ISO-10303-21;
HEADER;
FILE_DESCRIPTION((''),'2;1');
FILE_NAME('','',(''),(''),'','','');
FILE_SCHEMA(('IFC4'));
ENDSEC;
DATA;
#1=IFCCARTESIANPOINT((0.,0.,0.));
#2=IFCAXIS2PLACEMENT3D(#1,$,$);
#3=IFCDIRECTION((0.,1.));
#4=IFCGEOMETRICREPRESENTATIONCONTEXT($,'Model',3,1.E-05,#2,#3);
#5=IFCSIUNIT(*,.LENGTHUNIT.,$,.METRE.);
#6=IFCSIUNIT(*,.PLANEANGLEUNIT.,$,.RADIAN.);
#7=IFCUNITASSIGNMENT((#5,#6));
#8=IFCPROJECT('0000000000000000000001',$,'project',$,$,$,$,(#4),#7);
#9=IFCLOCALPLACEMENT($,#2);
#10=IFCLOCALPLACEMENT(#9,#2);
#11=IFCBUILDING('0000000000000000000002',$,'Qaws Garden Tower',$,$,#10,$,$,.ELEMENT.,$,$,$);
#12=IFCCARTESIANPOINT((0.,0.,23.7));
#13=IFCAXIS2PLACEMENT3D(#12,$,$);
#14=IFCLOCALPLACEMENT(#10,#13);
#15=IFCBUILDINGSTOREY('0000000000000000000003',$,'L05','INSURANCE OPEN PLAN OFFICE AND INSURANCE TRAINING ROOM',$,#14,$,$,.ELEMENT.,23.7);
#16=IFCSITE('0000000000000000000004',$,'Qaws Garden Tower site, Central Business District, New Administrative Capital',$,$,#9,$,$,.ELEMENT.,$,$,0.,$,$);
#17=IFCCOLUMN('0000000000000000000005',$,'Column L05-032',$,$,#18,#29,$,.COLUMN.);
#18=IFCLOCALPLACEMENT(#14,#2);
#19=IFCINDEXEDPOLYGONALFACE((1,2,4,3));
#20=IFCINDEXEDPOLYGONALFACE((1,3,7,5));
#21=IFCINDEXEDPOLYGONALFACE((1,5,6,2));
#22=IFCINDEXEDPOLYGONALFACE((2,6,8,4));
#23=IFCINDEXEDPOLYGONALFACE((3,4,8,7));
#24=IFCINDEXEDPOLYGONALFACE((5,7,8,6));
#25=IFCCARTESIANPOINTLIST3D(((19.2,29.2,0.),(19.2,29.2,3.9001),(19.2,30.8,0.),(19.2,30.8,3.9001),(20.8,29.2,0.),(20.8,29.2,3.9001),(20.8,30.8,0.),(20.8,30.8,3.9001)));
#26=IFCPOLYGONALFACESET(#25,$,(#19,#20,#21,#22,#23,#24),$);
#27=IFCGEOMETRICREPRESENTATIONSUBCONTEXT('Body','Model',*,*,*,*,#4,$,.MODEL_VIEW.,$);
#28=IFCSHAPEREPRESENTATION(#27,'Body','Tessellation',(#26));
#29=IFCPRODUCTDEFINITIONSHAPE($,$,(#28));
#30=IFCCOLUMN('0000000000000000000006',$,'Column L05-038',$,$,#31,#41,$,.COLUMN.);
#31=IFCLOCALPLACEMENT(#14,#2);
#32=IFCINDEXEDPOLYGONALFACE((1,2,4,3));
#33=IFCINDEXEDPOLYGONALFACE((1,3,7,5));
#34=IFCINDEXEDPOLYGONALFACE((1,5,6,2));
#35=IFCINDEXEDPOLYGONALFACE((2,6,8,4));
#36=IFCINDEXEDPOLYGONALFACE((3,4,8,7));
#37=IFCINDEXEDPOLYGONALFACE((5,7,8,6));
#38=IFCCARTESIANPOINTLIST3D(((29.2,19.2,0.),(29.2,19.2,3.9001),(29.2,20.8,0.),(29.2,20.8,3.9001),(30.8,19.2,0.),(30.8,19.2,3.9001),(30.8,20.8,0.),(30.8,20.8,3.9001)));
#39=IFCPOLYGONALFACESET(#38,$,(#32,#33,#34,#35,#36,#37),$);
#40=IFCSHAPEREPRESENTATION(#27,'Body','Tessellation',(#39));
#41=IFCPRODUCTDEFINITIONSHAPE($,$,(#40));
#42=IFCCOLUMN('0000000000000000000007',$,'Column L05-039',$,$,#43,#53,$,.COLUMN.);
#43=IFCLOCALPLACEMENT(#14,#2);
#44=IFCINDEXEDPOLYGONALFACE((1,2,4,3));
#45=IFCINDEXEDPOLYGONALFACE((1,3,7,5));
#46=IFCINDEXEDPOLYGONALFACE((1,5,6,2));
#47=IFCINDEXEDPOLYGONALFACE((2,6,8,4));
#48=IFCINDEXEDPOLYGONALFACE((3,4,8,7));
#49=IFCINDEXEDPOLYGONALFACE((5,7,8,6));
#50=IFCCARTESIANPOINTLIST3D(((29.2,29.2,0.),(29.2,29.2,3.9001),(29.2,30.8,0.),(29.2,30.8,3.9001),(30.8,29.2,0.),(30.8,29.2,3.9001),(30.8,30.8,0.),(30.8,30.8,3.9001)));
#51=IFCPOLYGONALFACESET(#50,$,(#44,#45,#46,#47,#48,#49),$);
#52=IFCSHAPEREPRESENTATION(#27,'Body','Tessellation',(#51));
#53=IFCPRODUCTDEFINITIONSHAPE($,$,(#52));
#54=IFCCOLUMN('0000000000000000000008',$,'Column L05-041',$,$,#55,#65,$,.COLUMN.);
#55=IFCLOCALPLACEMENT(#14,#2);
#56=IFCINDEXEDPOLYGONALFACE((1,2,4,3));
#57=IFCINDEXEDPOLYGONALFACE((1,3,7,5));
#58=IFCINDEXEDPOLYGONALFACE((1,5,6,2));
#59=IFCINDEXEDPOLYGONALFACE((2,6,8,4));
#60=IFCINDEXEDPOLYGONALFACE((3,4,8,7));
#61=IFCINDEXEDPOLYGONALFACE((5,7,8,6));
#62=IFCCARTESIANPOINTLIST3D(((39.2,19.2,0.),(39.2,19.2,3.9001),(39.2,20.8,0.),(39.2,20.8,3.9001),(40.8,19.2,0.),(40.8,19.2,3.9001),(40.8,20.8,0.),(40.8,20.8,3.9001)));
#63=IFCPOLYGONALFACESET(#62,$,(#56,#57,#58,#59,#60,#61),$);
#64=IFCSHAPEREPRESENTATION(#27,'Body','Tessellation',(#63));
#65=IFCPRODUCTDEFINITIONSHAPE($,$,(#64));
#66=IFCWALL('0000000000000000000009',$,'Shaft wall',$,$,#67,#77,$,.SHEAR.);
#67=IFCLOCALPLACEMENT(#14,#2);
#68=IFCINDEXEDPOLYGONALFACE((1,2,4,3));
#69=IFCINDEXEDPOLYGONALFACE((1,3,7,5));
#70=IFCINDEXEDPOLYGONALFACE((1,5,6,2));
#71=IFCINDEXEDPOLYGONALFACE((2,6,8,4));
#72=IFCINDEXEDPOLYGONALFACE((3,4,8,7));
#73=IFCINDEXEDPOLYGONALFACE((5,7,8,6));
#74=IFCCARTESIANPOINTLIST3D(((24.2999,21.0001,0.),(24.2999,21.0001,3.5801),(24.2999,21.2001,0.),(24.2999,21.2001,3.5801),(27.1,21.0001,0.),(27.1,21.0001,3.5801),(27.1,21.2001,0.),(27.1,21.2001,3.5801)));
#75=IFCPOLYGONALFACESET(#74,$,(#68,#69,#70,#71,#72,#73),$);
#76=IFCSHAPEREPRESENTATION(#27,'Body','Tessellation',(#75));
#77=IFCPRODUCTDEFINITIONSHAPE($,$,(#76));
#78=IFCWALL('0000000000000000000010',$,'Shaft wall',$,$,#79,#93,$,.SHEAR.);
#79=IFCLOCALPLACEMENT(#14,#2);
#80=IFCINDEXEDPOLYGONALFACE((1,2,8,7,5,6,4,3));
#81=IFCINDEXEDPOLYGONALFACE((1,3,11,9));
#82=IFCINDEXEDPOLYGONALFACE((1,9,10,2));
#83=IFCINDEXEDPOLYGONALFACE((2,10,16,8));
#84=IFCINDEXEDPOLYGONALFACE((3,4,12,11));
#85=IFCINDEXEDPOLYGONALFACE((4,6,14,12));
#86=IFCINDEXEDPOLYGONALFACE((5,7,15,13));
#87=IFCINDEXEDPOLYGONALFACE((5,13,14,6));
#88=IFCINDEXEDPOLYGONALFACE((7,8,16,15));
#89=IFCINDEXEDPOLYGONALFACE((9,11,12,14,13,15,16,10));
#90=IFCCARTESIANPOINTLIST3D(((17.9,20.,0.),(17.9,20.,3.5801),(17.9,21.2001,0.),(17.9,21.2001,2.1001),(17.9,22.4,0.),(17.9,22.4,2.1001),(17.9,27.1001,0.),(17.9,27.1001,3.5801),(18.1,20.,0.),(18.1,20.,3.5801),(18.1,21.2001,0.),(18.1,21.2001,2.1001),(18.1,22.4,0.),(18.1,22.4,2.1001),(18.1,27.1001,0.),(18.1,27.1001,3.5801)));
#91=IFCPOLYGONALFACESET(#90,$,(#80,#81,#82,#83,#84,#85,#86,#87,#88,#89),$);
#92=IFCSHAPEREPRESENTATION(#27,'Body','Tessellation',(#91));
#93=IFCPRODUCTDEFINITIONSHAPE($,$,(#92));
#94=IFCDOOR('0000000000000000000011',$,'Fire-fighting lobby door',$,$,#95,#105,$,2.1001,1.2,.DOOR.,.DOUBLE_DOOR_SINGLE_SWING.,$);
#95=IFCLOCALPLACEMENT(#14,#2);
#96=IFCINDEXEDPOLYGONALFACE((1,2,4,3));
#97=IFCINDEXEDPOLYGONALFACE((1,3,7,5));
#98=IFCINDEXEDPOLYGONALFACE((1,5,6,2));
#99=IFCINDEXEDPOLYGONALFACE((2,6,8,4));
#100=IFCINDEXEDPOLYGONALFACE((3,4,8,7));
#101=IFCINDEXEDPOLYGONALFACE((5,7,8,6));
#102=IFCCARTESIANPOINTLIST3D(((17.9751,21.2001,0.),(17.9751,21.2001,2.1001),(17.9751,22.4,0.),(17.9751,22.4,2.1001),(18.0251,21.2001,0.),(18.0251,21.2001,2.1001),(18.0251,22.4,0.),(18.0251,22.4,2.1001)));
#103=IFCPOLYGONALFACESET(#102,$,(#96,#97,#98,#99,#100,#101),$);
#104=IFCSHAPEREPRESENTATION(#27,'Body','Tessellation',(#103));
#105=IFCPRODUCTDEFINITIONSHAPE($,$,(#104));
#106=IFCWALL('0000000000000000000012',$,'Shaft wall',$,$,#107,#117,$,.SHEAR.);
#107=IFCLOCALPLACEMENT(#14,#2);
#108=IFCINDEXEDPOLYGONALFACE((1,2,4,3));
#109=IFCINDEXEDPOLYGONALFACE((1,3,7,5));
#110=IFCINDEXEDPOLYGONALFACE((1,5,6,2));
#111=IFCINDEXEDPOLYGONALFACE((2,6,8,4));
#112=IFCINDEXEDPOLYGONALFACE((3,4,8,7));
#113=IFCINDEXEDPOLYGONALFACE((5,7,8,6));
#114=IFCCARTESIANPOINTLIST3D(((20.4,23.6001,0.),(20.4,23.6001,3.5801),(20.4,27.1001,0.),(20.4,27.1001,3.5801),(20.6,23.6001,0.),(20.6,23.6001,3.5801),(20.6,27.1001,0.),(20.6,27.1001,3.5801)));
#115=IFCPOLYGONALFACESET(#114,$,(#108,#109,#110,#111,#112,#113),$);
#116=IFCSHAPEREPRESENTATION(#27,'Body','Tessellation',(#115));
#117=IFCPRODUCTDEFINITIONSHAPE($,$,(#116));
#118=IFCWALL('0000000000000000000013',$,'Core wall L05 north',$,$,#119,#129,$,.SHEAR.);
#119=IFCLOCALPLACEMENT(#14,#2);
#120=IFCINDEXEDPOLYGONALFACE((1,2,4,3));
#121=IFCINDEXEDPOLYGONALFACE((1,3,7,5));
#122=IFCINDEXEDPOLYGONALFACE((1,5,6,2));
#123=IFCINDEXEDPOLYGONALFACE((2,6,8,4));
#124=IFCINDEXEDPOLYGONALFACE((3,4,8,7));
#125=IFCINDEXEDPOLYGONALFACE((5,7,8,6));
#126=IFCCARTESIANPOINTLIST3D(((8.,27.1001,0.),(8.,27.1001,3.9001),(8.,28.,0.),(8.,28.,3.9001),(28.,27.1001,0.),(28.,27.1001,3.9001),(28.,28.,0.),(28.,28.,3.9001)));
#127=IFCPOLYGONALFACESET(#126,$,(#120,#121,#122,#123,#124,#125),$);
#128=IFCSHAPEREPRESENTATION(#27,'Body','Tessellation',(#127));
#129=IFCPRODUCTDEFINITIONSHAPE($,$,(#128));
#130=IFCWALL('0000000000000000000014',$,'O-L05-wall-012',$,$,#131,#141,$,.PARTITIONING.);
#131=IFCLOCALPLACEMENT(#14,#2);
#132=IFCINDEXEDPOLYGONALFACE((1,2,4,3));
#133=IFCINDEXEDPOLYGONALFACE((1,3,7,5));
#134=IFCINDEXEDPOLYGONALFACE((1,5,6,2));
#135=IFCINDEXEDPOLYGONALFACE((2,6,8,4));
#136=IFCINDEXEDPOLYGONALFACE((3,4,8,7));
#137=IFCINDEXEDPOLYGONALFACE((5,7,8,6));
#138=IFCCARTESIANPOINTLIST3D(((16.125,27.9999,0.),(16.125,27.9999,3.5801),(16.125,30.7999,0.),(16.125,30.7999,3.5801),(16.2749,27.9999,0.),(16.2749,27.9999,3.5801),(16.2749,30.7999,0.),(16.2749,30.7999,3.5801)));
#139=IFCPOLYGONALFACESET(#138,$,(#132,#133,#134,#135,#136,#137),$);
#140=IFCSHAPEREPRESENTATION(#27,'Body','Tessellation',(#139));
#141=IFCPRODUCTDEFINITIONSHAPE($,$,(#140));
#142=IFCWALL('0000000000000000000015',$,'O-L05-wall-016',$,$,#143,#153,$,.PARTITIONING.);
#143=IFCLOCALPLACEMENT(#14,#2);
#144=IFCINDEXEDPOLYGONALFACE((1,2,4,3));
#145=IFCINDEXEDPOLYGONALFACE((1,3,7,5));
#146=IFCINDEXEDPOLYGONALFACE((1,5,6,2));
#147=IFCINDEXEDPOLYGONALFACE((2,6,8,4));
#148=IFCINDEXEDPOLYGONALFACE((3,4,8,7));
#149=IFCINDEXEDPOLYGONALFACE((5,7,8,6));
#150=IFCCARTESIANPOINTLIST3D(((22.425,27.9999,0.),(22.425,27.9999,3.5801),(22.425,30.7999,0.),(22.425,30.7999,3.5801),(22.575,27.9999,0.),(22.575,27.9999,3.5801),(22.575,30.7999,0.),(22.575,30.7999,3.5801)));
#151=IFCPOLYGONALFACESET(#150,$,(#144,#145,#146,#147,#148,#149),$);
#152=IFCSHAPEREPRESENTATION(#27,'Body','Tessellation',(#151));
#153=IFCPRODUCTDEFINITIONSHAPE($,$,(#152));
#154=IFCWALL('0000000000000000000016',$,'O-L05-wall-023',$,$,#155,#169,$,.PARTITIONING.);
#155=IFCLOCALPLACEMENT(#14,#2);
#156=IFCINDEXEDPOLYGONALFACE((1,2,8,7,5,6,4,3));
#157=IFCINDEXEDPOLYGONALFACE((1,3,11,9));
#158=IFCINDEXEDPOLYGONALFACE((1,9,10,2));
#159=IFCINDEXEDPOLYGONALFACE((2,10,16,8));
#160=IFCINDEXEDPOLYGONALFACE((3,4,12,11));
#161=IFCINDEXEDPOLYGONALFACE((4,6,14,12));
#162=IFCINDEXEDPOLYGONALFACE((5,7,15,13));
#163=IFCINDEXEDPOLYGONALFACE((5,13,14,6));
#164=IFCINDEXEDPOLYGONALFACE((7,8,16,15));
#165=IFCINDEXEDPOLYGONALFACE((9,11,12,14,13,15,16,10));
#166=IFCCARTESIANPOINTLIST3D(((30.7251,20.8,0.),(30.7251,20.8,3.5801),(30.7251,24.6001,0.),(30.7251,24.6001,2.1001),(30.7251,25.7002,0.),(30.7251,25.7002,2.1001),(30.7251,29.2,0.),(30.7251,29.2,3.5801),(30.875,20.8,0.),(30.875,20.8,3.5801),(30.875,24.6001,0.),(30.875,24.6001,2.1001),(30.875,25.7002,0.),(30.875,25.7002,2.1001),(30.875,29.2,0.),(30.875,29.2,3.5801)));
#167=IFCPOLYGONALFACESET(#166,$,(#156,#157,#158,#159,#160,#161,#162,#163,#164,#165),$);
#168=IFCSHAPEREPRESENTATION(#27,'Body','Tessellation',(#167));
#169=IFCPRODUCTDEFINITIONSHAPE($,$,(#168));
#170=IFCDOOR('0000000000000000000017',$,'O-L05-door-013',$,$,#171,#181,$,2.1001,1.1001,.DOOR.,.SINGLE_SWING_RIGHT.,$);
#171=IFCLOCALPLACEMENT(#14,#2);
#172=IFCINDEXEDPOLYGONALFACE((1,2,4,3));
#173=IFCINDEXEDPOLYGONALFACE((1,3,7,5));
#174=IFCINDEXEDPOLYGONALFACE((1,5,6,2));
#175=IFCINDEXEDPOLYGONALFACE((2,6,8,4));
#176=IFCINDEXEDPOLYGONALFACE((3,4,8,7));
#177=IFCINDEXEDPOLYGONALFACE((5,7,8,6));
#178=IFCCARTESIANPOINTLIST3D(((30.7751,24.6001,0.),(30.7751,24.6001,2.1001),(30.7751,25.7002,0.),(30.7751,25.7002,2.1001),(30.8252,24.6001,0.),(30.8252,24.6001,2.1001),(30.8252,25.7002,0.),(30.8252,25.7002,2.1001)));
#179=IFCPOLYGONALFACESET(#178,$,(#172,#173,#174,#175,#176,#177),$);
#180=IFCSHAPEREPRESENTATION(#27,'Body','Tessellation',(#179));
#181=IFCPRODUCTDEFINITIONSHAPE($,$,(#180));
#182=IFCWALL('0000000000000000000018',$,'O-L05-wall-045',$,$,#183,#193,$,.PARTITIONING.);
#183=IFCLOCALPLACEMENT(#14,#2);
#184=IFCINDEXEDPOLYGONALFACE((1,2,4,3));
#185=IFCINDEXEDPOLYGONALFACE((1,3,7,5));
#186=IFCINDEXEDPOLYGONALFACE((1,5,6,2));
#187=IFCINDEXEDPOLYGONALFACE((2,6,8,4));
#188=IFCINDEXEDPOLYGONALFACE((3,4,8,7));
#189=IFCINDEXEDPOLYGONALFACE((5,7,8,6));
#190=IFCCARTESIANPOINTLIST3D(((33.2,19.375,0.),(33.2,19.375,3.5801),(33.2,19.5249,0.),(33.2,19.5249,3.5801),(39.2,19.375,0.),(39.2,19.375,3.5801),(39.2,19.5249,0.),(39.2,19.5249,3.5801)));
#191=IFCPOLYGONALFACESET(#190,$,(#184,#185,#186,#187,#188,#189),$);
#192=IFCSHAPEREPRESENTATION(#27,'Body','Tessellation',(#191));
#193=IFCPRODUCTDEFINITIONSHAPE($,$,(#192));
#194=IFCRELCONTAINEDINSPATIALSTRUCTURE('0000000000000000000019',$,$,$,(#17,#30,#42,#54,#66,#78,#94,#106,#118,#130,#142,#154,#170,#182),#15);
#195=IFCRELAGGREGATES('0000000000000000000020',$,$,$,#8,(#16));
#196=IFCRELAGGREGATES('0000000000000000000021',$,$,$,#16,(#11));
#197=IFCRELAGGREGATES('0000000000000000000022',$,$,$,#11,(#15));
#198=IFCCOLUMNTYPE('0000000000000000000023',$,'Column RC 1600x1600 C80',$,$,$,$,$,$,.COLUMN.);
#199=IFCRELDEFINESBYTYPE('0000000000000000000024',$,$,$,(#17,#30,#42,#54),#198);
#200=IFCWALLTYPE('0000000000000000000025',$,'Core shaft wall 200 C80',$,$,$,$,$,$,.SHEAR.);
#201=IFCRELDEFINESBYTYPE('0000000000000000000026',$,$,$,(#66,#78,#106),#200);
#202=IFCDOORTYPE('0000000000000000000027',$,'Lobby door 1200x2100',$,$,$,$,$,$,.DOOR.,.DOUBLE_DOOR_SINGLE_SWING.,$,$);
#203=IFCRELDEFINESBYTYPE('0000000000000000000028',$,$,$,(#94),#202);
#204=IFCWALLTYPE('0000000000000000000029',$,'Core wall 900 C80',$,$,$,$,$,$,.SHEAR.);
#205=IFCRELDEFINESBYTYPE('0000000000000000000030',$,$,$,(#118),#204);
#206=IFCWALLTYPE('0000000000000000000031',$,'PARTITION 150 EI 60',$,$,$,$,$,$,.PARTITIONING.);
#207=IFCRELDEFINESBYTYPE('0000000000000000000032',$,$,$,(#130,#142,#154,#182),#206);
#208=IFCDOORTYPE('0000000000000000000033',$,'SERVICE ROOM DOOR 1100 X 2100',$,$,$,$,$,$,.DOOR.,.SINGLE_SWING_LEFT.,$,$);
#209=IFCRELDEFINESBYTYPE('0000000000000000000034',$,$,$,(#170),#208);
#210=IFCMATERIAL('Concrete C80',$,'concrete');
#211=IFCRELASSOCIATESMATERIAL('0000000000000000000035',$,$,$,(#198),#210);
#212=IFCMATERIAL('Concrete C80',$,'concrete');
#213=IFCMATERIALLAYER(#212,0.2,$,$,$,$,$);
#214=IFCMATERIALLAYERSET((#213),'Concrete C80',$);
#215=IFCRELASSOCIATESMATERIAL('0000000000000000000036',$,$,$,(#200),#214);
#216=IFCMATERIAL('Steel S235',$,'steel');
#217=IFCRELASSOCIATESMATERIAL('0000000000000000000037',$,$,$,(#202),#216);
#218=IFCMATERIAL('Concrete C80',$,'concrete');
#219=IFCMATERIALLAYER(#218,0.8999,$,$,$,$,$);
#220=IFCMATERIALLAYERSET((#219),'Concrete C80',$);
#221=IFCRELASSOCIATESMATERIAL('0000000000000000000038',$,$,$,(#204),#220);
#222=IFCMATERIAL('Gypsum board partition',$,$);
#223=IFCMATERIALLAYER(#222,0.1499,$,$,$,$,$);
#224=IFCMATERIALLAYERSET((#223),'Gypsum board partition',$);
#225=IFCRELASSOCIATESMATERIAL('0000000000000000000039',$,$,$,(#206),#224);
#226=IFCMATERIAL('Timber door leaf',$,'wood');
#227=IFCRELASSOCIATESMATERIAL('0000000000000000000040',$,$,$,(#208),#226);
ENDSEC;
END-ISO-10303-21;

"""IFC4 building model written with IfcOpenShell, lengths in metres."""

from ifc_helpers import new_model, si_unit, direction, frame, frame_2d, origin, origin_2d, place, context, subcontext, project, spatial, rectangle, extrude, material, layer, layer_set, material_profile, profile_set, type_object, element, fill, save


model = new_model("IFC4")

# Units and contexts
model_context = context("Model", 3, precision=1e-05, world=origin(), true_north=direction((0.0, 1.0)))
body_context = subcontext(model_context, "Body", "Model", "MODEL_VIEW")
ifc_project = project(units=[si_unit("LENGTHUNIT", "METRE"), si_unit("PLANEANGLEUNIT", "RADIAN")], contexts=[model_context])

# Site, building, storey
site_placement = place(None, origin())
site = spatial("IfcSite", under=ifc_project, at=site_placement, Name="Qaws Garden Tower site, Central Business District, New Administrative Capital", CompositionType="ELEMENT", RefElevation=0.0)
building_placement = place(site_placement, origin())
building = spatial("IfcBuilding", under=site, at=building_placement, Name="Qaws Garden Tower", CompositionType="ELEMENT")
storey_placement = place(building_placement, frame((0.0, 0.0, 23.7)))
storey = spatial("IfcBuildingStorey", under=building, at=storey_placement, Name="L05", Description="INSURANCE OPEN PLAN OFFICE AND INSURANCE TRAINING ROOM", CompositionType="ELEMENT", Elevation=23.7)

# Columns
ifc_material_1 = material(Name="Concrete C80", Category="concrete")
ifc_material_profile = material_profile(ifc_material_1, rectangle(XDim=1.6001, YDim=1.6001, at=origin_2d()), Name="RC 1600x1600")
ifc_profile_set = profile_set([ifc_material_profile], Name="Concrete C80")
column_type = type_object("IfcColumnType", Name="Column RC 1600x1600 C80", PredefinedType="COLUMN", material=ifc_profile_set)
for number, where, z_axis, x_axis, name in (
    (1, (20.0, 30.0, 0.0), (0.0, 0.0, 1.0), (1.0, 0.0, 0.0), "Column L05-032"),
    (2, (30.0, 20.0, 0.0), (0.0, 0.0, 1.0), (1.0, 0.0, 0.0), "Column L05-038"),
    (3, (30.0, 30.0, 0.0), (0.0, 0.0, 1.0), (1.0, 0.0, 0.0), "Column L05-039"),
    (4, (40.0, 20.0, 0.0), (0.0, 0.0, 1.0), (1.0, 0.0, 0.0), "Column L05-041"),
):
    element("IfcColumn", number, at=place(storey_placement, frame(where, z_axis=z_axis, x_axis=x_axis)), inside=storey, type_object=column_type, Name=name, PredefinedType="COLUMN", context=body_context, shape_type="SweptSolid", body=[
        extrude(rectangle(XDim=1.6001, YDim=1.6001, at=origin_2d()), origin(), (0.0, 0.0, 1.0), 3.9001),
    ])

# Wall
ifc_material_2 = material(Name="Concrete C80", Category="concrete")
ifc_layer_1 = layer(ifc_material_2, 0.2)
ifc_layer_set_1 = layer_set([ifc_layer_1], Name="Concrete C80")
wall_type_1 = type_object("IfcWallType", Name="Core shaft wall 200 C80", PredefinedType="SHEAR", material=ifc_layer_set_1)
wall_1_placement = place(storey_placement, frame((24.3, 21.1001, 0.0), z_axis=(0.0, 0.0, 1.0), x_axis=(1.0, 0.0, 0.0)))
element("IfcWall", 5, at=wall_1_placement, inside=storey, type_object=wall_type_1, Name="Shaft wall", PredefinedType="SHEAR", context=body_context, shape_type="SweptSolid", body=[
    extrude(rectangle(XDim=2.8, YDim=0.2, at=frame_2d((1.3999, 0.0))), origin(), (0.0, 0.0, 1.0), 3.5801),
])

# Wall, opening, door
wall_2_placement = place(storey_placement, frame((18.0, 20.0, 0.0), z_axis=(0.0, 0.0, 1.0), x_axis=(0.0, 1.0, 0.0)))
wall_2 = element("IfcWall", 6, at=wall_2_placement, inside=storey, type_object=wall_type_1, Name="Shaft wall", PredefinedType="SHEAR", context=body_context, shape_type="SweptSolid", body=[
    extrude(rectangle(XDim=7.1001, YDim=0.2, at=frame_2d((3.55, 0.0))), origin(), (0.0, 0.0, 1.0), 3.5801),
])
opening_1_placement = place(wall_2_placement, frame((1.2, 0.0, 0.0)))
opening_1 = element("IfcOpeningElement", 7, at=opening_1_placement, cuts=wall_2, PredefinedType="OPENING", context=body_context, shape_type="SweptSolid", body=[
    extrude(rectangle(XDim=1.2, YDim=2.1001, at=frame_2d((0.6001, 1.05))), frame((0.0, 0.1099, 0.0), z_axis=(0.0, -1.0, 0.0), x_axis=(1.0, 0.0, 0.0)), (0.0, 0.0, 1.0), 0.22),
])
ifc_material_3 = material(Name="Steel S235", Category="steel")
door_type_1 = type_object("IfcDoorType", Name="Lobby door 1200x2100", OperationType="DOUBLE_DOOR_SINGLE_SWING", PredefinedType="DOOR", material=ifc_material_3)
door_1_placement = place(opening_1_placement, origin())
door_1 = element("IfcDoor", 8, at=door_1_placement, inside=storey, type_object=door_type_1, Name="Fire-fighting lobby door", OperationType="DOUBLE_DOOR_SINGLE_SWING", OverallHeight=2.1001, OverallWidth=1.2, PredefinedType="DOOR", context=body_context, shape_type="SweptSolid", body=[
    extrude(rectangle(XDim=1.2, YDim=2.1001, at=frame_2d((0.6001, 1.05))), frame((0.0, 0.0249, 0.0), z_axis=(0.0, -1.0, 0.0), x_axis=(1.0, 0.0, 0.0)), (0.0, 0.0, 1.0), 0.05),
])
fill(opening_1, door_1)

# Walls
wall_3_placement = place(storey_placement, frame((20.5, 23.6001, 0.0), z_axis=(0.0, 0.0, 1.0), x_axis=(0.0, 1.0, 0.0)))
element("IfcWall", 9, at=wall_3_placement, inside=storey, type_object=wall_type_1, Name="Shaft wall", PredefinedType="SHEAR", context=body_context, shape_type="SweptSolid", body=[
    extrude(rectangle(XDim=3.5, YDim=0.2, at=frame_2d((1.75, 0.0))), origin(), (0.0, 0.0, 1.0), 3.5801),
])
ifc_material_4 = material(Name="Concrete C80", Category="concrete")
ifc_layer_2 = layer(ifc_material_4, 0.8999)
ifc_layer_set_2 = layer_set([ifc_layer_2], Name="Concrete C80")
wall_type_2 = type_object("IfcWallType", Name="Core wall 900 C80", PredefinedType="SHEAR", material=ifc_layer_set_2)
wall_4_placement = place(storey_placement, frame((28.0, 27.55, 0.0), z_axis=(0.0, 0.0, 1.0), x_axis=(-1.0, 0.0, 0.0)))
element("IfcWall", 10, at=wall_4_placement, inside=storey, type_object=wall_type_2, Name="Core wall L05 north", PredefinedType="SHEAR", context=body_context, shape_type="SweptSolid", body=[
    extrude(rectangle(XDim=20.0, YDim=0.8999, at=frame_2d((10.0, 0.0))), origin(), (0.0, 0.0, 1.0), 3.9001),
])
ifc_material_5 = material(Name="Gypsum board partition")
ifc_layer_3 = layer(ifc_material_5, 0.1499)
ifc_layer_set_3 = layer_set([ifc_layer_3], Name="Gypsum board partition")
wall_type_3 = type_object("IfcWallType", Name="PARTITION 150 EI 60", PredefinedType="PARTITIONING", material=ifc_layer_set_3)
for number, where, z_axis, x_axis, name in (
    (11, (16.2, 28.0, 0.0), (0.0, 0.0, 1.0), (0.0, 1.0, 0.0), "O-L05-wall-012"),
    (12, (22.5, 28.0, 0.0), (0.0, 0.0, 1.0), (0.0, 1.0, 0.0), "O-L05-wall-016"),
):
    element("IfcWall", number, at=place(storey_placement, frame(where, z_axis=z_axis, x_axis=x_axis)), inside=storey, type_object=wall_type_3, Name=name, PredefinedType="PARTITIONING", context=body_context, shape_type="SweptSolid", body=[
        extrude(rectangle(XDim=2.8, YDim=0.1499, at=frame_2d((1.3999, 0.0))), origin(), (0.0, 0.0, 1.0), 3.5801),
    ])

# Wall, opening, door
wall_5_placement = place(storey_placement, frame((30.8, 20.8, 0.0), z_axis=(0.0, 0.0, 1.0), x_axis=(0.0, 1.0, 0.0)))
wall_5 = element("IfcWall", 13, at=wall_5_placement, inside=storey, type_object=wall_type_3, Name="O-L05-wall-023", PredefinedType="PARTITIONING", context=body_context, shape_type="SweptSolid", body=[
    extrude(rectangle(XDim=8.3999, YDim=0.1499, at=frame_2d((4.2, 0.0))), origin(), (0.0, 0.0, 1.0), 3.5801),
])
opening_2_placement = place(wall_5_placement, frame((3.8, 0.0, 0.0)))
opening_2 = element("IfcOpeningElement", 14, at=opening_2_placement, cuts=wall_5, PredefinedType="OPENING", context=body_context, shape_type="SweptSolid", body=[
    extrude(rectangle(XDim=1.1001, YDim=2.1001, at=frame_2d((0.55, 1.05))), frame((0.0, 0.085, 0.0), z_axis=(0.0, -1.0, 0.0), x_axis=(1.0, 0.0, 0.0)), (0.0, 0.0, 1.0), 0.1699),
])
ifc_material_6 = material(Name="Timber door leaf", Category="wood")
door_type_2 = type_object("IfcDoorType", Name="SERVICE ROOM DOOR 1100 X 2100", OperationType="SINGLE_SWING_LEFT", PredefinedType="DOOR", material=ifc_material_6)
door_2_placement = place(opening_2_placement, origin())
door_2 = element("IfcDoor", 15, at=door_2_placement, inside=storey, type_object=door_type_2, Name="O-L05-door-013", OperationType="SINGLE_SWING_RIGHT", OverallHeight=2.1001, OverallWidth=1.1001, PredefinedType="DOOR", context=body_context, shape_type="SweptSolid", body=[
    extrude(rectangle(XDim=1.1001, YDim=2.1001, at=frame_2d((0.55, 1.05))), frame((0.0, 0.0249, 0.0), z_axis=(0.0, -1.0, 0.0), x_axis=(1.0, 0.0, 0.0)), (0.0, 0.0, 1.0), 0.05),
])
fill(opening_2, door_2)

# Wall
wall_6_placement = place(storey_placement, frame((33.2, 19.45, 0.0), z_axis=(0.0, 0.0, 1.0), x_axis=(1.0, 0.0, 0.0)))
element("IfcWall", 16, at=wall_6_placement, inside=storey, type_object=wall_type_3, Name="O-L05-wall-045", PredefinedType="PARTITIONING", context=body_context, shape_type="SweptSolid", body=[
    extrude(rectangle(XDim=6.0, YDim=0.1499, at=frame_2d((3.0, 0.0))), origin(), (0.0, 0.0, 1.0), 3.5801),
])

save(model, "model.ifc")
